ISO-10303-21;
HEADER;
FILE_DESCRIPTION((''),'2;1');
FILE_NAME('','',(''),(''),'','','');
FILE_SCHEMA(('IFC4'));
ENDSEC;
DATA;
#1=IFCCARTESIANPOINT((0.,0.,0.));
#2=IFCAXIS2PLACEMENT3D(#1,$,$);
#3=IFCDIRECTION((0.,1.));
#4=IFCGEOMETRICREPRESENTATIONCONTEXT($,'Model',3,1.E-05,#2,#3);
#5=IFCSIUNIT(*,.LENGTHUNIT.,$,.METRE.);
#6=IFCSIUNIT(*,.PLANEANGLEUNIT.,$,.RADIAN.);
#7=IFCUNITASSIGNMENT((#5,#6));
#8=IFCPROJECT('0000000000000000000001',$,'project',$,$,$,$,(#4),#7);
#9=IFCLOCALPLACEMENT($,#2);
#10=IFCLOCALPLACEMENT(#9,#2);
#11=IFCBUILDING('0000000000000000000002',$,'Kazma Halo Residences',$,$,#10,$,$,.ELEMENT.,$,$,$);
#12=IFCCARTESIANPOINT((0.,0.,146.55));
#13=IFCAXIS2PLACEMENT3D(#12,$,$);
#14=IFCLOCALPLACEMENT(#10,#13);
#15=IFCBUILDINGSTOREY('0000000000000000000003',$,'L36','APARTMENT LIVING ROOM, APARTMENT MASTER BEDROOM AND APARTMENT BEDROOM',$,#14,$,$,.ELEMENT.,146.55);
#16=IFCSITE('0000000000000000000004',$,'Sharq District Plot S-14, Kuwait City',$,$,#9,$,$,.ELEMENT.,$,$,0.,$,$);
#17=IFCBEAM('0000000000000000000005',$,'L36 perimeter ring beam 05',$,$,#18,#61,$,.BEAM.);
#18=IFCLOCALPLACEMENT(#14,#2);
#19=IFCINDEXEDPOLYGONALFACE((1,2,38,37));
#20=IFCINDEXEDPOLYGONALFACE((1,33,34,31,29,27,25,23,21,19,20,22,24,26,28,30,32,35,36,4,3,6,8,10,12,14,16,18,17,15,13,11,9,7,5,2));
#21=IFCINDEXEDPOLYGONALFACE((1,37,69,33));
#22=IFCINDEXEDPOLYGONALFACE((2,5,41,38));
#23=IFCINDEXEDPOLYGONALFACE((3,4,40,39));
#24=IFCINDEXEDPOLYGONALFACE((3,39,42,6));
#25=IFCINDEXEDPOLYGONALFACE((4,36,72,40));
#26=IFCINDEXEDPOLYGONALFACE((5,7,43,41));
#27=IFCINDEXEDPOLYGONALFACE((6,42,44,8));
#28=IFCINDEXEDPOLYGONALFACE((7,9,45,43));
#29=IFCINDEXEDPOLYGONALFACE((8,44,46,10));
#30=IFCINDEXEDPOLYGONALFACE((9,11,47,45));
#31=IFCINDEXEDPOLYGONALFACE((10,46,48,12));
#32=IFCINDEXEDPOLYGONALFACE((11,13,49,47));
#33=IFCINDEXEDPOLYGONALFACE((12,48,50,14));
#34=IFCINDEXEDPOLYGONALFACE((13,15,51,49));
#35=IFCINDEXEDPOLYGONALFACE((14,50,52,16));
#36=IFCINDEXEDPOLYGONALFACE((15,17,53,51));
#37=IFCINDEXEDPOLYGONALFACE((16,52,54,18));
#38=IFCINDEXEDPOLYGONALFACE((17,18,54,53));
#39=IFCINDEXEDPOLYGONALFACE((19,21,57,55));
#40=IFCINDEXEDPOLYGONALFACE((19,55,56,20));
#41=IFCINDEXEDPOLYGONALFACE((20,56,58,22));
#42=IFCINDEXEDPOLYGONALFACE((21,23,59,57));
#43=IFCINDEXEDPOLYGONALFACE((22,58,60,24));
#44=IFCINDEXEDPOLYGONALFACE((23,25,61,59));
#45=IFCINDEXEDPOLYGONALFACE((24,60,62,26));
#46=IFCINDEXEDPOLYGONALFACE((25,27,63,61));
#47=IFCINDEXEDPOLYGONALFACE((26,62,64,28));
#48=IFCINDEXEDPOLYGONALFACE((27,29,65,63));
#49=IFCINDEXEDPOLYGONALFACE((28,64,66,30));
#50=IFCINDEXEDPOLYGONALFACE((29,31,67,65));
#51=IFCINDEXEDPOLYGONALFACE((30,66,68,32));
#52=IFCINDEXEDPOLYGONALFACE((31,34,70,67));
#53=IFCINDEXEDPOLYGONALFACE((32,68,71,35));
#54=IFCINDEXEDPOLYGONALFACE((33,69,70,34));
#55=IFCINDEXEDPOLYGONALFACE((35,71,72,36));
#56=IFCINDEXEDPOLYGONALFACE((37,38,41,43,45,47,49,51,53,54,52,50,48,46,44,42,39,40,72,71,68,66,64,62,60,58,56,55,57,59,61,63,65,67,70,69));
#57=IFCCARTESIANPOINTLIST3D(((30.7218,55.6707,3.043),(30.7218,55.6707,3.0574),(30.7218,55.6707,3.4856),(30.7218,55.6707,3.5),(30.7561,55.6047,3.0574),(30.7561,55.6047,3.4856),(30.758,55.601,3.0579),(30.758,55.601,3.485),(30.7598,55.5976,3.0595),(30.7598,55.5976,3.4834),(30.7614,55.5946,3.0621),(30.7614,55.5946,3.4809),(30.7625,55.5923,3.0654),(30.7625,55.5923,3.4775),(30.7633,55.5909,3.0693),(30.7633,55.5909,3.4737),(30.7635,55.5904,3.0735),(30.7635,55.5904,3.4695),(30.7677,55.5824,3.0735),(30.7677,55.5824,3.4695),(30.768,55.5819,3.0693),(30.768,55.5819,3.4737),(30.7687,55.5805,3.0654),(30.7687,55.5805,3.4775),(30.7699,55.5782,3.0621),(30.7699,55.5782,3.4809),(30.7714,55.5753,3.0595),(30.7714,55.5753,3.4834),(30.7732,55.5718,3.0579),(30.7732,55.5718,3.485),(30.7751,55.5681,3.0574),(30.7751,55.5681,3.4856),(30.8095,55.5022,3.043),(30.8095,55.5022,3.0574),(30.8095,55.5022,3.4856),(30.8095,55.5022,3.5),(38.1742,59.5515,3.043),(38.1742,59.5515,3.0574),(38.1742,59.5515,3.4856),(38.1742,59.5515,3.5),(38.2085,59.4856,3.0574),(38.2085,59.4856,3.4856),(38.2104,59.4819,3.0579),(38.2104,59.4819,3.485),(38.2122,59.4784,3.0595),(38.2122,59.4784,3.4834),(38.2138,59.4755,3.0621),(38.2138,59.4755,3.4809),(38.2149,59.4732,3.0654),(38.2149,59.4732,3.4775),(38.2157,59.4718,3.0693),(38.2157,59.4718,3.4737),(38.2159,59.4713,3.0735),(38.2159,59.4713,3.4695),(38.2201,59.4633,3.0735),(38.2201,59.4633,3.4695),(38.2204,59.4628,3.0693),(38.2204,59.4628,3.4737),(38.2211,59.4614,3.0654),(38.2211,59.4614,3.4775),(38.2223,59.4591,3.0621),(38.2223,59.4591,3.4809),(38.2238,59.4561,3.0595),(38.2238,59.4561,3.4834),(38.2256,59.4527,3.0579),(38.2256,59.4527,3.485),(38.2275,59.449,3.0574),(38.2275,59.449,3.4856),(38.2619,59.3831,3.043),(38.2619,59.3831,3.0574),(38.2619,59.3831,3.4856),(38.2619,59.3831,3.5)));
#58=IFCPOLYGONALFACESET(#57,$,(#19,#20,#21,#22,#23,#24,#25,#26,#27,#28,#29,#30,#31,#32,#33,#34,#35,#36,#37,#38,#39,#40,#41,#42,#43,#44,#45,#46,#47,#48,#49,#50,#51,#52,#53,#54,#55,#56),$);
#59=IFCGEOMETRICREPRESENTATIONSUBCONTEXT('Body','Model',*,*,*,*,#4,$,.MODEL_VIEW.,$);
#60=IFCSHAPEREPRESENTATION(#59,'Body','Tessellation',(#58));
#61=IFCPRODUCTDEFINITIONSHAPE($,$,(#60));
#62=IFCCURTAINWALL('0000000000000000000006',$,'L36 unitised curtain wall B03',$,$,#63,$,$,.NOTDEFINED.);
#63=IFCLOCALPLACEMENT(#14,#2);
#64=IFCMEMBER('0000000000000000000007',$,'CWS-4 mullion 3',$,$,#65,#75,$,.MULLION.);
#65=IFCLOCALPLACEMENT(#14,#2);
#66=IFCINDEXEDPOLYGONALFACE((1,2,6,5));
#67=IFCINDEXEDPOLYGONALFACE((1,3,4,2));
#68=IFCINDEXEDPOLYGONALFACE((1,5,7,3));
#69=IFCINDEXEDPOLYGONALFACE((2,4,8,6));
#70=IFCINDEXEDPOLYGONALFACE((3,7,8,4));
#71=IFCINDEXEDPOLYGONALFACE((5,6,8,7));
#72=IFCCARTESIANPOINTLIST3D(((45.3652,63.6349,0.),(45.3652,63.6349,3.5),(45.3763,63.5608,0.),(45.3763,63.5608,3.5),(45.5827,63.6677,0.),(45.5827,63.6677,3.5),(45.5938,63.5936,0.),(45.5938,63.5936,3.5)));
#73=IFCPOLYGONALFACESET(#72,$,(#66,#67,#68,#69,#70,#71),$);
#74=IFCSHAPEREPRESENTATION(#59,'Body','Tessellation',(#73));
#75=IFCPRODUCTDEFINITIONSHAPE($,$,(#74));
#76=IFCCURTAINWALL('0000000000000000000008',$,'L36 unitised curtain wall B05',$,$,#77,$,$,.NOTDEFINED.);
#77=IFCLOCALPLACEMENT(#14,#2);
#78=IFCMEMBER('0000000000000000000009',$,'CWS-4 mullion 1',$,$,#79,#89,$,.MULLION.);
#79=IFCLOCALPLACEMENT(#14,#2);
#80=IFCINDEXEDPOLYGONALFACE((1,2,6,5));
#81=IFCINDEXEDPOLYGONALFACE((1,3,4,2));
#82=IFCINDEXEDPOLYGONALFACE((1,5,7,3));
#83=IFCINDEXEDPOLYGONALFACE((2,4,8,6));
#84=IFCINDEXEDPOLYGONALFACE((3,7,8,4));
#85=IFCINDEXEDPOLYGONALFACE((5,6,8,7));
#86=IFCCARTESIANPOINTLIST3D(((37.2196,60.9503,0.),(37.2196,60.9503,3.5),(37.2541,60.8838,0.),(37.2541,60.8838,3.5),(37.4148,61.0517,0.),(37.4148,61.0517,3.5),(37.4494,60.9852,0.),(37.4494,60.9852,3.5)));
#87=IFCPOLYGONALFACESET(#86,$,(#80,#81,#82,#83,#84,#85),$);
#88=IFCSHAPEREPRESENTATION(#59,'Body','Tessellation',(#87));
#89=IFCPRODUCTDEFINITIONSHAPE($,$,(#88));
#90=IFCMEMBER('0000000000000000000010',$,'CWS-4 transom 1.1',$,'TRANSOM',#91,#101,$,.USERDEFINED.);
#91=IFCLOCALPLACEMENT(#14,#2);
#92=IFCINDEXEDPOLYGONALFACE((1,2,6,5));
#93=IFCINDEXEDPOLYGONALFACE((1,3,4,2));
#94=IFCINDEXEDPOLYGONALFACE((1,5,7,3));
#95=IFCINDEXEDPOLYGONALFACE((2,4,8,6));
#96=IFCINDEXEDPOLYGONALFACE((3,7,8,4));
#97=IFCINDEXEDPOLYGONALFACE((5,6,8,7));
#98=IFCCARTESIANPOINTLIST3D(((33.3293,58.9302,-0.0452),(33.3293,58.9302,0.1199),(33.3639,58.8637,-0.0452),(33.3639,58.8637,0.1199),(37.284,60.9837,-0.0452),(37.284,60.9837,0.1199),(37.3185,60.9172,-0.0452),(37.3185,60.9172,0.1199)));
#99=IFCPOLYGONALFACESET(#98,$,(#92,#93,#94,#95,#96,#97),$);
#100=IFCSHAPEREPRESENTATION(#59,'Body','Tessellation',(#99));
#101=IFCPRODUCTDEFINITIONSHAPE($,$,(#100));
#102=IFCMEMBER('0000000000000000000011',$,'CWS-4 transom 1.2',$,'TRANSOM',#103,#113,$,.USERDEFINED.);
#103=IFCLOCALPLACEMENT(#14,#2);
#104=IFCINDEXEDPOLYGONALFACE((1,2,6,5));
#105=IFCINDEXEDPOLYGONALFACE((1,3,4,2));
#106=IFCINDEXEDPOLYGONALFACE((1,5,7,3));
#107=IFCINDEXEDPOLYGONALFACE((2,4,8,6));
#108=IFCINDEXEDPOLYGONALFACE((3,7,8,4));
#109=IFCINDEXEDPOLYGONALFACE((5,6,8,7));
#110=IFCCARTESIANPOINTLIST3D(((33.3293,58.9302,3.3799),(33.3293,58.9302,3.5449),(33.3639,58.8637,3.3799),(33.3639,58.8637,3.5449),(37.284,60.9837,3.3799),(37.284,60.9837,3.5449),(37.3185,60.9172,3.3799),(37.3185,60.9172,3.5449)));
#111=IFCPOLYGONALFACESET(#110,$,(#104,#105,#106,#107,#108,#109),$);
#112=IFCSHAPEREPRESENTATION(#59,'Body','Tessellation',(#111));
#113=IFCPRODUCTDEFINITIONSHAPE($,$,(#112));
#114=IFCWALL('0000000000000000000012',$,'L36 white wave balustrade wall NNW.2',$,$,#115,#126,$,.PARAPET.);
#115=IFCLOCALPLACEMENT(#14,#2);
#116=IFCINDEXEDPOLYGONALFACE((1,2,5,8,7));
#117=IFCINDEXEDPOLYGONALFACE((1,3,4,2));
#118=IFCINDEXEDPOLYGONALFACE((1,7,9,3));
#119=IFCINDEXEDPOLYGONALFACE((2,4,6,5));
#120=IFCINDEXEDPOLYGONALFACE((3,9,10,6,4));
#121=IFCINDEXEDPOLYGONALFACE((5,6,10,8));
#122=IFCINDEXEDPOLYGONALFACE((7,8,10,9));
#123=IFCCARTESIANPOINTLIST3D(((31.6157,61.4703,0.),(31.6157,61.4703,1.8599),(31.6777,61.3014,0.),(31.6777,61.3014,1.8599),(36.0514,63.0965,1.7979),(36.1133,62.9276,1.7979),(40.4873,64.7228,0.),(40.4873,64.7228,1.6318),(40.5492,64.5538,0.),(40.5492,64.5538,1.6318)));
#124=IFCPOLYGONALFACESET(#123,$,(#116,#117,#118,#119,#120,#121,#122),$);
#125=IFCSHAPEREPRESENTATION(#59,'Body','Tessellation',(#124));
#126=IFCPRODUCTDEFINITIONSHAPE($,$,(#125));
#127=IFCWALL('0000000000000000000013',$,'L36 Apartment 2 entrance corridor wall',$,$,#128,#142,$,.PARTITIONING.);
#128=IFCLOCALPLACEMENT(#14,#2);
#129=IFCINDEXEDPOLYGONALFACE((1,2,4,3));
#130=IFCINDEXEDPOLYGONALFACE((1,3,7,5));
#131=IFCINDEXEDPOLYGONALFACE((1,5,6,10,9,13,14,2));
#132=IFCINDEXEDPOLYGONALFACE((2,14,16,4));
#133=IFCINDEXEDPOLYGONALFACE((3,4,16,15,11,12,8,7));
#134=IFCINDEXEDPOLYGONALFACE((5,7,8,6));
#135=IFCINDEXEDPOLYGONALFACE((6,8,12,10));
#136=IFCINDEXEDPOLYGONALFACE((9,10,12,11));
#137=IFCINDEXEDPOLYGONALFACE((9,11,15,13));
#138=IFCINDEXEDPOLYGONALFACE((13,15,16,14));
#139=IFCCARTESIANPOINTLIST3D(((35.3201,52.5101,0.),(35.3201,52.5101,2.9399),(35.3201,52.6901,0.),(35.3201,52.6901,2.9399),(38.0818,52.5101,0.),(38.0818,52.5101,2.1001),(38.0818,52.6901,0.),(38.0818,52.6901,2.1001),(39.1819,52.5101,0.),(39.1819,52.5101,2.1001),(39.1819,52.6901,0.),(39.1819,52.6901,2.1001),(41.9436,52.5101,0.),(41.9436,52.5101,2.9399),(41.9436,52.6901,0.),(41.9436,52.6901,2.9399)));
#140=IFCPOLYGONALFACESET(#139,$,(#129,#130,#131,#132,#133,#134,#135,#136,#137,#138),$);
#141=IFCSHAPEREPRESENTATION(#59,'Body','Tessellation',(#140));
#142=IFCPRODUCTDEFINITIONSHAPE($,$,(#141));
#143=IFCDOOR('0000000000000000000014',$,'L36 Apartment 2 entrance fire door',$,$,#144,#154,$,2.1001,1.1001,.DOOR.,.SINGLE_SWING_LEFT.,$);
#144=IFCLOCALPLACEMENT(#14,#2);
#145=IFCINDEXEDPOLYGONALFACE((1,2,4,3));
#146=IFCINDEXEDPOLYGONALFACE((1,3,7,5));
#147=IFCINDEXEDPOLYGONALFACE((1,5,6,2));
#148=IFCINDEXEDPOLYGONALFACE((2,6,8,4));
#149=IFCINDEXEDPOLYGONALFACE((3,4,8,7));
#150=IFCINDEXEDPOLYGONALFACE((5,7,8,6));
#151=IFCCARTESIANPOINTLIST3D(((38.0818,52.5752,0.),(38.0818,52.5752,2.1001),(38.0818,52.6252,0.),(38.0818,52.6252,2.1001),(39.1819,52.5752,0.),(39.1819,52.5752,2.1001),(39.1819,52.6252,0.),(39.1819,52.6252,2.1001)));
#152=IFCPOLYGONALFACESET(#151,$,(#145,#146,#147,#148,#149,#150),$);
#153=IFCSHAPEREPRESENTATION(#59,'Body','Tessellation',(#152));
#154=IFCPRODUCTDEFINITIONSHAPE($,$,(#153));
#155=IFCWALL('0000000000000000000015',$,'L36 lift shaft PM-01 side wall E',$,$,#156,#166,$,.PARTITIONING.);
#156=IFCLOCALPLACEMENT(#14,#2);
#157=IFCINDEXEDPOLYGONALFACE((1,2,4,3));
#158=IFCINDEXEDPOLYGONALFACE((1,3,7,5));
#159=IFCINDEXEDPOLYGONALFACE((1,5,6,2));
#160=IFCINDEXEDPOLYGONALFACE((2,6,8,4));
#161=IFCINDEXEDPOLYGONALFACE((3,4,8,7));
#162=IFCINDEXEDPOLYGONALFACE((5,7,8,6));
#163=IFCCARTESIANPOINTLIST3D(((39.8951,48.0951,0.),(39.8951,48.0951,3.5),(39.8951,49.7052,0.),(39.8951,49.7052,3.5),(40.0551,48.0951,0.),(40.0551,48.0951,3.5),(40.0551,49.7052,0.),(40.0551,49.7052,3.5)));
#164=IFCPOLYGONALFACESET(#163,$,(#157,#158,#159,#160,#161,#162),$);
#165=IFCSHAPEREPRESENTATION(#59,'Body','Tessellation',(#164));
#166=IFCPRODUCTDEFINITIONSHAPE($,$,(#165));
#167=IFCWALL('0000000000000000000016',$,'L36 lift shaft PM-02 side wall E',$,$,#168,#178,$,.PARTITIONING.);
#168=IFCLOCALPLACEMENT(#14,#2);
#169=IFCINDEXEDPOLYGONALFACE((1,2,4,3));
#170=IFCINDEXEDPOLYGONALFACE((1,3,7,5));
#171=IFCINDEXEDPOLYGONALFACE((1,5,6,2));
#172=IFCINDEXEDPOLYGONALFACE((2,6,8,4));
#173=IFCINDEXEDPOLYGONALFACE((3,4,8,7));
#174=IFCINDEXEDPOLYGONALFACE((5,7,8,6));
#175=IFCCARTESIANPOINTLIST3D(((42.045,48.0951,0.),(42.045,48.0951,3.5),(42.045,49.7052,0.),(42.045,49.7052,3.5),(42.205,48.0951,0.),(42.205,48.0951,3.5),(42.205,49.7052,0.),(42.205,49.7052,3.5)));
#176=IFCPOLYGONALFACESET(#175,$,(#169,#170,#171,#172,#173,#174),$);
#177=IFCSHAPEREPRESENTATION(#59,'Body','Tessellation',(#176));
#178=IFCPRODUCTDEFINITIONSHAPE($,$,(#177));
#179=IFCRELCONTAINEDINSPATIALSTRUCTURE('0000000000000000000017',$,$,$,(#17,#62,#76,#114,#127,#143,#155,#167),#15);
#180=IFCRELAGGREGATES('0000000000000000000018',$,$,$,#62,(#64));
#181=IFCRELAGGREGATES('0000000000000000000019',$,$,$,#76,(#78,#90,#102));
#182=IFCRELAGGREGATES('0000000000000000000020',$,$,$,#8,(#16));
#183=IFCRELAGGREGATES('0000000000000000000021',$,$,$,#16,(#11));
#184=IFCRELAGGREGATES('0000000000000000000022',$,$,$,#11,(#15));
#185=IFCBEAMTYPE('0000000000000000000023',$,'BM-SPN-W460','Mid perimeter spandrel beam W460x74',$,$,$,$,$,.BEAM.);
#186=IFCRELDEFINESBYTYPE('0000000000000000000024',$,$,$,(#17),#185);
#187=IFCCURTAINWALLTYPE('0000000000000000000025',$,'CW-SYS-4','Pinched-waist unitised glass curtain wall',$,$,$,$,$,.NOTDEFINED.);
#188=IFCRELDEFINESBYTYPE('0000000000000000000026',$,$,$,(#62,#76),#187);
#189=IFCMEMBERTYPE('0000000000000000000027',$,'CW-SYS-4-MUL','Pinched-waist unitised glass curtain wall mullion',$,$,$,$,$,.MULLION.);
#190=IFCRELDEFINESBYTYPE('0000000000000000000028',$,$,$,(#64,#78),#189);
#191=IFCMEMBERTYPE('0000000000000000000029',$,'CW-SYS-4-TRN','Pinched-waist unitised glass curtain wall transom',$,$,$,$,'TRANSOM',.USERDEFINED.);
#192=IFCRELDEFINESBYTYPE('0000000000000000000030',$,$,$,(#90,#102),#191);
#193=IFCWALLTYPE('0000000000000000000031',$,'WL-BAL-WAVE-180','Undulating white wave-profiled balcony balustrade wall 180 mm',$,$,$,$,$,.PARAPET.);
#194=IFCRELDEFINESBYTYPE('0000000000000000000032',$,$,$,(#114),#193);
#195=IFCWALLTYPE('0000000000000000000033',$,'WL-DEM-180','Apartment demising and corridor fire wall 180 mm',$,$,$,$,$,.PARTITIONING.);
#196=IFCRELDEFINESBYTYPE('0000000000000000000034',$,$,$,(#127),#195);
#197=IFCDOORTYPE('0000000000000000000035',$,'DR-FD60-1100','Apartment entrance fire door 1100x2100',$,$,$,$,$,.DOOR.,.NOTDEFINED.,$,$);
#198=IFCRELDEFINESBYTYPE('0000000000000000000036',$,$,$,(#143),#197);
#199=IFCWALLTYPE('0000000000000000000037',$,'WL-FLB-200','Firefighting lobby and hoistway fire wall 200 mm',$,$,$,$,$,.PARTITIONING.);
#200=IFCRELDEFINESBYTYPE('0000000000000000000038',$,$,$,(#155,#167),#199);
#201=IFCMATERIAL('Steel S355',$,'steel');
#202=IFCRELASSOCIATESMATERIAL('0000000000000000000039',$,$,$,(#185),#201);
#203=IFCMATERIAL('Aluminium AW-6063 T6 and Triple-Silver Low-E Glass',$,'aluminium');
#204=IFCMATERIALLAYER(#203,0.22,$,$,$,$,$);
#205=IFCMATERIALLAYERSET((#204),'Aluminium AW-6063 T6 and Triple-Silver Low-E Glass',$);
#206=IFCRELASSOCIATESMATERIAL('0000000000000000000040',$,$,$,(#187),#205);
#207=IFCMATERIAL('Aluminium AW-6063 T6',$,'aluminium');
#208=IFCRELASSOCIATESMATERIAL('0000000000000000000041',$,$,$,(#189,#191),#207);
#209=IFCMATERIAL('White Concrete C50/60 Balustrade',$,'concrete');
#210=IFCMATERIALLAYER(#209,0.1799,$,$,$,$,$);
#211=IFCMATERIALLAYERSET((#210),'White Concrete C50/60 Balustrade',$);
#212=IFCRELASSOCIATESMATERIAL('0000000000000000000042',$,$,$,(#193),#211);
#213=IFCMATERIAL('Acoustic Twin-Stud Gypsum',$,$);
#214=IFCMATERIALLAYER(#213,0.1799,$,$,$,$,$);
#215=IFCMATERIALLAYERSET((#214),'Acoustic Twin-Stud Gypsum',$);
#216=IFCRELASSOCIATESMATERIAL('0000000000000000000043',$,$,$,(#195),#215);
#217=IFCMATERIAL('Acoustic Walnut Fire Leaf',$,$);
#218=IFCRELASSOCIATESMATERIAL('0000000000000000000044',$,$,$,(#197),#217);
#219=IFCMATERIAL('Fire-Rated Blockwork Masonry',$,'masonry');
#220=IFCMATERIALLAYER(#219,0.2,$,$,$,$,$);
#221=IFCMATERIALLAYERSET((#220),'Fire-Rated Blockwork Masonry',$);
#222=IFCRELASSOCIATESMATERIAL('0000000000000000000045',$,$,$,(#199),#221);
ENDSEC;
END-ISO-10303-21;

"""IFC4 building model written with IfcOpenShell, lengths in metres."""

from ifc_helpers import new_model, si_unit, direction, frame, frame_2d, origin, origin_2d, place, context, subcontext, project, spatial, polyline, rectangle, i_section, outline, extrude, material, layer, layer_set, material_profile, profile_set, type_object, element, fill, aggregate, save


model = new_model("IFC4")

# Units and contexts
model_context = context("Model", 3, precision=1e-05, world=origin(), true_north=direction((0.0, 1.0)))
body_context = subcontext(model_context, "Body", "Model", "MODEL_VIEW")
ifc_project = project(units=[si_unit("LENGTHUNIT", "METRE"), si_unit("PLANEANGLEUNIT", "RADIAN")], contexts=[model_context])

# Site, building, storey
site_placement = place(None, origin())
site = spatial("IfcSite", under=ifc_project, at=site_placement, Name="Sharq District Plot S-14, Kuwait City", CompositionType="ELEMENT", RefElevation=0.0)
building_placement = place(site_placement, origin())
building = spatial("IfcBuilding", under=site, at=building_placement, Name="Kazma Halo Residences", CompositionType="ELEMENT")
storey_placement = place(building_placement, frame((0.0, 0.0, 146.55)))
storey = spatial("IfcBuildingStorey", under=building, at=storey_placement, Name="L36", Description="APARTMENT LIVING ROOM, APARTMENT MASTER BEDROOM AND APARTMENT BEDROOM", CompositionType="ELEMENT", Elevation=146.55)

# Beam
ifc_material_1 = material(Name="Steel S355", Category="steel")
ifc_material_profile_1 = material_profile(ifc_material_1, i_section(OverallWidth=0.1899, OverallDepth=0.457, WebThickness=0.009, FlangeThickness=0.0144, FilletRadius=0.0161, at=origin_2d()), Name="W460x74")
ifc_profile_set_1 = profile_set([ifc_material_profile_1], Name="Steel S355")
beam_type_1 = type_object("IfcBeamType", Name="BM-SPN-W460", Description="Mid perimeter spandrel beam W460x74", PredefinedType="BEAM", material=ifc_profile_set_1)
beam_1_placement = place(storey_placement, frame((38.218, 59.4673, 3.2715), z_axis=(-0.886943, -0.461879, 0.0), x_axis=(0.461879, -0.886943, 0.0)))
element("IfcBeam", 1, at=beam_1_placement, inside=storey, type_object=beam_type_1, Name="L36 perimeter ring beam 05", PredefinedType="BEAM", context=body_context, shape_type="SweptSolid", body=[
    extrude(i_section(OverallWidth=0.1899, OverallDepth=0.457, WebThickness=0.009, FlangeThickness=0.0144, FilletRadius=0.0161, at=origin_2d()), origin(), (0.0, 0.0, 1.0), 8.4023),
])

# Curtain wall, member
ifc_material_2 = material(Name="Aluminium AW-6063 T6 and Triple-Silver Low-E Glass", Category="aluminium")
ifc_layer_1 = layer(ifc_material_2, 0.22)
ifc_layer_set_1 = layer_set([ifc_layer_1], Name="Aluminium AW-6063 T6 and Triple-Silver Low-E Glass")
curtain_wall_type = type_object("IfcCurtainWallType", Name="CW-SYS-4", Description="Pinched-waist unitised glass curtain wall", PredefinedType="NOTDEFINED", material=ifc_layer_set_1)
curtain_wall_1_placement = place(storey_placement, origin())
curtain_wall_1 = element("IfcCurtainWall", 2, at=curtain_wall_1_placement, inside=storey, type_object=curtain_wall_type, Name="L36 unitised curtain wall B03", PredefinedType="NOTDEFINED")
ifc_material_3 = material(Name="Aluminium AW-6063 T6", Category="aluminium")
ifc_material_profile_2 = material_profile(ifc_material_3, rectangle(XDim=0.075, YDim=0.22, at=origin_2d()), Name="CWM-75x220")
ifc_profile_set_2 = profile_set([ifc_material_profile_2], Name="Aluminium AW-6063 T6")
member_type_1 = type_object("IfcMemberType", Name="CW-SYS-4-MUL", Description="Pinched-waist unitised glass curtain wall mullion", PredefinedType="MULLION", material=ifc_profile_set_2)
member_1_placement = place(storey_placement, frame((45.4795, 63.6143, 0.0), z_axis=(0.0, 0.0, 1.0), x_axis=(0.148821, -0.988864, 0.0)))
member_1 = element("IfcMember", 3, at=member_1_placement, type_object=member_type_1, Name="CWS-4 mullion 3", PredefinedType="MULLION", context=body_context, shape_type="SweptSolid", body=[
    extrude(rectangle(XDim=0.075, YDim=0.22, at=origin_2d()), origin(), (0.0, 0.0, 1.0), 3.5),
])
aggregate(curtain_wall_1, [member_1])

# Curtain wall, members
curtain_wall_2_placement = place(storey_placement, origin())
curtain_wall_2 = element("IfcCurtainWall", 4, at=curtain_wall_2_placement, inside=storey, type_object=curtain_wall_type, Name="L36 unitised curtain wall B05", PredefinedType="NOTDEFINED")
member_2_placement = place(storey_placement, frame((37.3345, 60.9678, 0.0), z_axis=(0.0, 0.0, 1.0), x_axis=(0.460837, -0.887485, 0.0)))
member_2 = element("IfcMember", 5, at=member_2_placement, type_object=member_type_1, Name="CWS-4 mullion 1", PredefinedType="MULLION", context=body_context, shape_type="SweptSolid", body=[
    extrude(rectangle(XDim=0.075, YDim=0.22, at=origin_2d()), origin(), (0.0, 0.0, 1.0), 3.5),
])
ifc_material_profile_3 = material_profile(ifc_material_3, rectangle(XDim=0.075, YDim=0.165, at=origin_2d()), Name="CWT-75x165")
ifc_profile_set_3 = profile_set([ifc_material_profile_3], Name="Aluminium AW-6063 T6")
member_type_2 = type_object("IfcMemberType", Name="CW-SYS-4-TRN", Description="Pinched-waist unitised glass curtain wall transom", ElementType="TRANSOM", PredefinedType="USERDEFINED", material=ifc_profile_set_3)
member_3_placement = place(storey_placement, frame((37.3013, 60.9504, 0.0374), z_axis=(-0.887485, -0.460837, 0.0), x_axis=(0.460837, -0.887485, 0.0)))
member_3 = element("IfcMember", 6, at=member_3_placement, type_object=member_type_2, Name="CWS-4 transom 1.1", ObjectType="TRANSOM", PredefinedType="USERDEFINED", context=body_context, shape_type="SweptSolid", body=[
    extrude(rectangle(XDim=0.075, YDim=0.165, at=origin_2d()), origin(), (0.0, 0.0, 1.0), 4.4561),
])
member_4_placement = place(storey_placement, frame((37.3013, 60.9504, 3.4624), z_axis=(-0.887485, -0.460837, 0.0), x_axis=(0.460837, -0.887485, 0.0)))
member_4 = element("IfcMember", 7, at=member_4_placement, type_object=member_type_2, Name="CWS-4 transom 1.2", ObjectType="TRANSOM", PredefinedType="USERDEFINED", context=body_context, shape_type="SweptSolid", body=[
    extrude(rectangle(XDim=0.075, YDim=0.165, at=origin_2d()), origin(), (0.0, 0.0, 1.0), 4.4561),
])
aggregate(curtain_wall_2, [member_2, member_3, member_4])

# Wall
ifc_material_4 = material(Name="White Concrete C50/60 Balustrade", Category="concrete")
ifc_layer_2 = layer(ifc_material_4, 0.1799)
ifc_layer_set_2 = layer_set([ifc_layer_2], Name="White Concrete C50/60 Balustrade")
wall_type_1 = type_object("IfcWallType", Name="WL-BAL-WAVE-180", Description="Undulating white wave-profiled balcony balustrade wall 180 mm", PredefinedType="PARAPET", material=ifc_layer_set_2)
wall_1_placement = place(storey_placement, frame((40.5183, 64.6382, 0.0), z_axis=(0.0, 0.0, 1.0), x_axis=(-0.938892, -0.344211, 0.0)))
element("IfcWall", 8, at=wall_1_placement, inside=storey, type_object=wall_type_1, Name="L36 white wave balustrade wall NNW.2", PredefinedType="PARAPET", context=body_context, shape_type="SweptSolid", body=[
    extrude(outline(polyline([(0.0, 0.0), (9.449, 0.0), (9.449, 1.8599), (4.7246, 1.7979), (0.0, 1.6318), (0.0, 0.0)])), frame((0.0, 0.0898, 0.0), z_axis=(0.0, -1.0, 0.0), x_axis=(1.0, 0.0, 0.0)), (0.0, 0.0, 1.0), 0.1799),
])

# Wall, opening, door
ifc_material_5 = material(Name="Acoustic Twin-Stud Gypsum")
ifc_layer_3 = layer(ifc_material_5, 0.1799)
ifc_layer_set_3 = layer_set([ifc_layer_3], Name="Acoustic Twin-Stud Gypsum")
wall_type_2 = type_object("IfcWallType", Name="WL-DEM-180", Description="Apartment demising and corridor fire wall 180 mm", PredefinedType="PARTITIONING", material=ifc_layer_set_3)
wall_2_placement = place(storey_placement, frame((41.9436, 52.6001, 0.0), z_axis=(0.0, 0.0, 1.0), x_axis=(-1.0, 0.0, 0.0)))
wall_2 = element("IfcWall", 9, at=wall_2_placement, inside=storey, type_object=wall_type_2, Name="L36 Apartment 2 entrance corridor wall", PredefinedType="PARTITIONING", context=body_context, shape_type="SweptSolid", body=[
    extrude(rectangle(XDim=6.6235, YDim=0.1799, at=frame_2d((3.3118, 0.0))), origin(), (0.0, 0.0, 1.0), 2.9399),
])
opening_1_placement = place(wall_2_placement, frame((2.7617, 0.0, 0.0)))
opening_1 = element("IfcOpeningElement", 10, at=opening_1_placement, cuts=wall_2, PredefinedType="OPENING", context=body_context, shape_type="SweptSolid", body=[
    extrude(rectangle(XDim=1.1001, YDim=2.1001, at=frame_2d((0.55, 1.05))), frame((0.0, 0.0999, 0.0), z_axis=(0.0, -1.0, 0.0), x_axis=(1.0, 0.0, 0.0)), (0.0, 0.0, 1.0), 0.2),
])
ifc_material_6 = material(Name="Acoustic Walnut Fire Leaf")
door_type_1 = type_object("IfcDoorType", Name="DR-FD60-1100", Description="Apartment entrance fire door 1100x2100", OperationType="NOTDEFINED", PredefinedType="DOOR", material=ifc_material_6)
door_1_placement = place(opening_1_placement, origin())
door_1 = element("IfcDoor", 11, at=door_1_placement, inside=storey, type_object=door_type_1, Name="L36 Apartment 2 entrance fire door", OperationType="SINGLE_SWING_LEFT", OverallHeight=2.1001, OverallWidth=1.1001, PredefinedType="DOOR", context=body_context, shape_type="SweptSolid", body=[
    extrude(rectangle(XDim=1.1001, YDim=2.1001, at=frame_2d((0.55, 1.05))), frame((0.0, 0.0249, 0.0), z_axis=(0.0, -1.0, 0.0), x_axis=(1.0, 0.0, 0.0)), (0.0, 0.0, 1.0), 0.05),
])
fill(opening_1, door_1)

# Walls
ifc_material_7 = material(Name="Fire-Rated Blockwork Masonry", Category="masonry")
ifc_layer_4 = layer(ifc_material_7, 0.2)
ifc_layer_set_4 = layer_set([ifc_layer_4], Name="Fire-Rated Blockwork Masonry")
wall_type_3 = type_object("IfcWallType", Name="WL-FLB-200", Description="Firefighting lobby and hoistway fire wall 200 mm", PredefinedType="PARTITIONING", material=ifc_layer_set_4)
for number, where, z_axis, x_axis, name in (
    (12, (39.9751, 48.095, 0.0), (0.0, 0.0, 1.0), (0.0, 1.0, 0.0), "L36 lift shaft PM-01 side wall E"),
    (13, (42.125, 48.095, 0.0), (0.0, 0.0, 1.0), (0.0, 1.0, 0.0), "L36 lift shaft PM-02 side wall E"),
):
    element("IfcWall", number, at=place(storey_placement, frame(where, z_axis=z_axis, x_axis=x_axis)), inside=storey, type_object=wall_type_3, Name=name, PredefinedType="PARTITIONING", context=body_context, shape_type="SweptSolid", body=[
        extrude(rectangle(XDim=1.6101, YDim=0.1599, at=frame_2d((0.8052, 0.0))), origin(), (0.0, 0.0, 1.0), 3.5),
    ])

save(model, "model.ifc")
